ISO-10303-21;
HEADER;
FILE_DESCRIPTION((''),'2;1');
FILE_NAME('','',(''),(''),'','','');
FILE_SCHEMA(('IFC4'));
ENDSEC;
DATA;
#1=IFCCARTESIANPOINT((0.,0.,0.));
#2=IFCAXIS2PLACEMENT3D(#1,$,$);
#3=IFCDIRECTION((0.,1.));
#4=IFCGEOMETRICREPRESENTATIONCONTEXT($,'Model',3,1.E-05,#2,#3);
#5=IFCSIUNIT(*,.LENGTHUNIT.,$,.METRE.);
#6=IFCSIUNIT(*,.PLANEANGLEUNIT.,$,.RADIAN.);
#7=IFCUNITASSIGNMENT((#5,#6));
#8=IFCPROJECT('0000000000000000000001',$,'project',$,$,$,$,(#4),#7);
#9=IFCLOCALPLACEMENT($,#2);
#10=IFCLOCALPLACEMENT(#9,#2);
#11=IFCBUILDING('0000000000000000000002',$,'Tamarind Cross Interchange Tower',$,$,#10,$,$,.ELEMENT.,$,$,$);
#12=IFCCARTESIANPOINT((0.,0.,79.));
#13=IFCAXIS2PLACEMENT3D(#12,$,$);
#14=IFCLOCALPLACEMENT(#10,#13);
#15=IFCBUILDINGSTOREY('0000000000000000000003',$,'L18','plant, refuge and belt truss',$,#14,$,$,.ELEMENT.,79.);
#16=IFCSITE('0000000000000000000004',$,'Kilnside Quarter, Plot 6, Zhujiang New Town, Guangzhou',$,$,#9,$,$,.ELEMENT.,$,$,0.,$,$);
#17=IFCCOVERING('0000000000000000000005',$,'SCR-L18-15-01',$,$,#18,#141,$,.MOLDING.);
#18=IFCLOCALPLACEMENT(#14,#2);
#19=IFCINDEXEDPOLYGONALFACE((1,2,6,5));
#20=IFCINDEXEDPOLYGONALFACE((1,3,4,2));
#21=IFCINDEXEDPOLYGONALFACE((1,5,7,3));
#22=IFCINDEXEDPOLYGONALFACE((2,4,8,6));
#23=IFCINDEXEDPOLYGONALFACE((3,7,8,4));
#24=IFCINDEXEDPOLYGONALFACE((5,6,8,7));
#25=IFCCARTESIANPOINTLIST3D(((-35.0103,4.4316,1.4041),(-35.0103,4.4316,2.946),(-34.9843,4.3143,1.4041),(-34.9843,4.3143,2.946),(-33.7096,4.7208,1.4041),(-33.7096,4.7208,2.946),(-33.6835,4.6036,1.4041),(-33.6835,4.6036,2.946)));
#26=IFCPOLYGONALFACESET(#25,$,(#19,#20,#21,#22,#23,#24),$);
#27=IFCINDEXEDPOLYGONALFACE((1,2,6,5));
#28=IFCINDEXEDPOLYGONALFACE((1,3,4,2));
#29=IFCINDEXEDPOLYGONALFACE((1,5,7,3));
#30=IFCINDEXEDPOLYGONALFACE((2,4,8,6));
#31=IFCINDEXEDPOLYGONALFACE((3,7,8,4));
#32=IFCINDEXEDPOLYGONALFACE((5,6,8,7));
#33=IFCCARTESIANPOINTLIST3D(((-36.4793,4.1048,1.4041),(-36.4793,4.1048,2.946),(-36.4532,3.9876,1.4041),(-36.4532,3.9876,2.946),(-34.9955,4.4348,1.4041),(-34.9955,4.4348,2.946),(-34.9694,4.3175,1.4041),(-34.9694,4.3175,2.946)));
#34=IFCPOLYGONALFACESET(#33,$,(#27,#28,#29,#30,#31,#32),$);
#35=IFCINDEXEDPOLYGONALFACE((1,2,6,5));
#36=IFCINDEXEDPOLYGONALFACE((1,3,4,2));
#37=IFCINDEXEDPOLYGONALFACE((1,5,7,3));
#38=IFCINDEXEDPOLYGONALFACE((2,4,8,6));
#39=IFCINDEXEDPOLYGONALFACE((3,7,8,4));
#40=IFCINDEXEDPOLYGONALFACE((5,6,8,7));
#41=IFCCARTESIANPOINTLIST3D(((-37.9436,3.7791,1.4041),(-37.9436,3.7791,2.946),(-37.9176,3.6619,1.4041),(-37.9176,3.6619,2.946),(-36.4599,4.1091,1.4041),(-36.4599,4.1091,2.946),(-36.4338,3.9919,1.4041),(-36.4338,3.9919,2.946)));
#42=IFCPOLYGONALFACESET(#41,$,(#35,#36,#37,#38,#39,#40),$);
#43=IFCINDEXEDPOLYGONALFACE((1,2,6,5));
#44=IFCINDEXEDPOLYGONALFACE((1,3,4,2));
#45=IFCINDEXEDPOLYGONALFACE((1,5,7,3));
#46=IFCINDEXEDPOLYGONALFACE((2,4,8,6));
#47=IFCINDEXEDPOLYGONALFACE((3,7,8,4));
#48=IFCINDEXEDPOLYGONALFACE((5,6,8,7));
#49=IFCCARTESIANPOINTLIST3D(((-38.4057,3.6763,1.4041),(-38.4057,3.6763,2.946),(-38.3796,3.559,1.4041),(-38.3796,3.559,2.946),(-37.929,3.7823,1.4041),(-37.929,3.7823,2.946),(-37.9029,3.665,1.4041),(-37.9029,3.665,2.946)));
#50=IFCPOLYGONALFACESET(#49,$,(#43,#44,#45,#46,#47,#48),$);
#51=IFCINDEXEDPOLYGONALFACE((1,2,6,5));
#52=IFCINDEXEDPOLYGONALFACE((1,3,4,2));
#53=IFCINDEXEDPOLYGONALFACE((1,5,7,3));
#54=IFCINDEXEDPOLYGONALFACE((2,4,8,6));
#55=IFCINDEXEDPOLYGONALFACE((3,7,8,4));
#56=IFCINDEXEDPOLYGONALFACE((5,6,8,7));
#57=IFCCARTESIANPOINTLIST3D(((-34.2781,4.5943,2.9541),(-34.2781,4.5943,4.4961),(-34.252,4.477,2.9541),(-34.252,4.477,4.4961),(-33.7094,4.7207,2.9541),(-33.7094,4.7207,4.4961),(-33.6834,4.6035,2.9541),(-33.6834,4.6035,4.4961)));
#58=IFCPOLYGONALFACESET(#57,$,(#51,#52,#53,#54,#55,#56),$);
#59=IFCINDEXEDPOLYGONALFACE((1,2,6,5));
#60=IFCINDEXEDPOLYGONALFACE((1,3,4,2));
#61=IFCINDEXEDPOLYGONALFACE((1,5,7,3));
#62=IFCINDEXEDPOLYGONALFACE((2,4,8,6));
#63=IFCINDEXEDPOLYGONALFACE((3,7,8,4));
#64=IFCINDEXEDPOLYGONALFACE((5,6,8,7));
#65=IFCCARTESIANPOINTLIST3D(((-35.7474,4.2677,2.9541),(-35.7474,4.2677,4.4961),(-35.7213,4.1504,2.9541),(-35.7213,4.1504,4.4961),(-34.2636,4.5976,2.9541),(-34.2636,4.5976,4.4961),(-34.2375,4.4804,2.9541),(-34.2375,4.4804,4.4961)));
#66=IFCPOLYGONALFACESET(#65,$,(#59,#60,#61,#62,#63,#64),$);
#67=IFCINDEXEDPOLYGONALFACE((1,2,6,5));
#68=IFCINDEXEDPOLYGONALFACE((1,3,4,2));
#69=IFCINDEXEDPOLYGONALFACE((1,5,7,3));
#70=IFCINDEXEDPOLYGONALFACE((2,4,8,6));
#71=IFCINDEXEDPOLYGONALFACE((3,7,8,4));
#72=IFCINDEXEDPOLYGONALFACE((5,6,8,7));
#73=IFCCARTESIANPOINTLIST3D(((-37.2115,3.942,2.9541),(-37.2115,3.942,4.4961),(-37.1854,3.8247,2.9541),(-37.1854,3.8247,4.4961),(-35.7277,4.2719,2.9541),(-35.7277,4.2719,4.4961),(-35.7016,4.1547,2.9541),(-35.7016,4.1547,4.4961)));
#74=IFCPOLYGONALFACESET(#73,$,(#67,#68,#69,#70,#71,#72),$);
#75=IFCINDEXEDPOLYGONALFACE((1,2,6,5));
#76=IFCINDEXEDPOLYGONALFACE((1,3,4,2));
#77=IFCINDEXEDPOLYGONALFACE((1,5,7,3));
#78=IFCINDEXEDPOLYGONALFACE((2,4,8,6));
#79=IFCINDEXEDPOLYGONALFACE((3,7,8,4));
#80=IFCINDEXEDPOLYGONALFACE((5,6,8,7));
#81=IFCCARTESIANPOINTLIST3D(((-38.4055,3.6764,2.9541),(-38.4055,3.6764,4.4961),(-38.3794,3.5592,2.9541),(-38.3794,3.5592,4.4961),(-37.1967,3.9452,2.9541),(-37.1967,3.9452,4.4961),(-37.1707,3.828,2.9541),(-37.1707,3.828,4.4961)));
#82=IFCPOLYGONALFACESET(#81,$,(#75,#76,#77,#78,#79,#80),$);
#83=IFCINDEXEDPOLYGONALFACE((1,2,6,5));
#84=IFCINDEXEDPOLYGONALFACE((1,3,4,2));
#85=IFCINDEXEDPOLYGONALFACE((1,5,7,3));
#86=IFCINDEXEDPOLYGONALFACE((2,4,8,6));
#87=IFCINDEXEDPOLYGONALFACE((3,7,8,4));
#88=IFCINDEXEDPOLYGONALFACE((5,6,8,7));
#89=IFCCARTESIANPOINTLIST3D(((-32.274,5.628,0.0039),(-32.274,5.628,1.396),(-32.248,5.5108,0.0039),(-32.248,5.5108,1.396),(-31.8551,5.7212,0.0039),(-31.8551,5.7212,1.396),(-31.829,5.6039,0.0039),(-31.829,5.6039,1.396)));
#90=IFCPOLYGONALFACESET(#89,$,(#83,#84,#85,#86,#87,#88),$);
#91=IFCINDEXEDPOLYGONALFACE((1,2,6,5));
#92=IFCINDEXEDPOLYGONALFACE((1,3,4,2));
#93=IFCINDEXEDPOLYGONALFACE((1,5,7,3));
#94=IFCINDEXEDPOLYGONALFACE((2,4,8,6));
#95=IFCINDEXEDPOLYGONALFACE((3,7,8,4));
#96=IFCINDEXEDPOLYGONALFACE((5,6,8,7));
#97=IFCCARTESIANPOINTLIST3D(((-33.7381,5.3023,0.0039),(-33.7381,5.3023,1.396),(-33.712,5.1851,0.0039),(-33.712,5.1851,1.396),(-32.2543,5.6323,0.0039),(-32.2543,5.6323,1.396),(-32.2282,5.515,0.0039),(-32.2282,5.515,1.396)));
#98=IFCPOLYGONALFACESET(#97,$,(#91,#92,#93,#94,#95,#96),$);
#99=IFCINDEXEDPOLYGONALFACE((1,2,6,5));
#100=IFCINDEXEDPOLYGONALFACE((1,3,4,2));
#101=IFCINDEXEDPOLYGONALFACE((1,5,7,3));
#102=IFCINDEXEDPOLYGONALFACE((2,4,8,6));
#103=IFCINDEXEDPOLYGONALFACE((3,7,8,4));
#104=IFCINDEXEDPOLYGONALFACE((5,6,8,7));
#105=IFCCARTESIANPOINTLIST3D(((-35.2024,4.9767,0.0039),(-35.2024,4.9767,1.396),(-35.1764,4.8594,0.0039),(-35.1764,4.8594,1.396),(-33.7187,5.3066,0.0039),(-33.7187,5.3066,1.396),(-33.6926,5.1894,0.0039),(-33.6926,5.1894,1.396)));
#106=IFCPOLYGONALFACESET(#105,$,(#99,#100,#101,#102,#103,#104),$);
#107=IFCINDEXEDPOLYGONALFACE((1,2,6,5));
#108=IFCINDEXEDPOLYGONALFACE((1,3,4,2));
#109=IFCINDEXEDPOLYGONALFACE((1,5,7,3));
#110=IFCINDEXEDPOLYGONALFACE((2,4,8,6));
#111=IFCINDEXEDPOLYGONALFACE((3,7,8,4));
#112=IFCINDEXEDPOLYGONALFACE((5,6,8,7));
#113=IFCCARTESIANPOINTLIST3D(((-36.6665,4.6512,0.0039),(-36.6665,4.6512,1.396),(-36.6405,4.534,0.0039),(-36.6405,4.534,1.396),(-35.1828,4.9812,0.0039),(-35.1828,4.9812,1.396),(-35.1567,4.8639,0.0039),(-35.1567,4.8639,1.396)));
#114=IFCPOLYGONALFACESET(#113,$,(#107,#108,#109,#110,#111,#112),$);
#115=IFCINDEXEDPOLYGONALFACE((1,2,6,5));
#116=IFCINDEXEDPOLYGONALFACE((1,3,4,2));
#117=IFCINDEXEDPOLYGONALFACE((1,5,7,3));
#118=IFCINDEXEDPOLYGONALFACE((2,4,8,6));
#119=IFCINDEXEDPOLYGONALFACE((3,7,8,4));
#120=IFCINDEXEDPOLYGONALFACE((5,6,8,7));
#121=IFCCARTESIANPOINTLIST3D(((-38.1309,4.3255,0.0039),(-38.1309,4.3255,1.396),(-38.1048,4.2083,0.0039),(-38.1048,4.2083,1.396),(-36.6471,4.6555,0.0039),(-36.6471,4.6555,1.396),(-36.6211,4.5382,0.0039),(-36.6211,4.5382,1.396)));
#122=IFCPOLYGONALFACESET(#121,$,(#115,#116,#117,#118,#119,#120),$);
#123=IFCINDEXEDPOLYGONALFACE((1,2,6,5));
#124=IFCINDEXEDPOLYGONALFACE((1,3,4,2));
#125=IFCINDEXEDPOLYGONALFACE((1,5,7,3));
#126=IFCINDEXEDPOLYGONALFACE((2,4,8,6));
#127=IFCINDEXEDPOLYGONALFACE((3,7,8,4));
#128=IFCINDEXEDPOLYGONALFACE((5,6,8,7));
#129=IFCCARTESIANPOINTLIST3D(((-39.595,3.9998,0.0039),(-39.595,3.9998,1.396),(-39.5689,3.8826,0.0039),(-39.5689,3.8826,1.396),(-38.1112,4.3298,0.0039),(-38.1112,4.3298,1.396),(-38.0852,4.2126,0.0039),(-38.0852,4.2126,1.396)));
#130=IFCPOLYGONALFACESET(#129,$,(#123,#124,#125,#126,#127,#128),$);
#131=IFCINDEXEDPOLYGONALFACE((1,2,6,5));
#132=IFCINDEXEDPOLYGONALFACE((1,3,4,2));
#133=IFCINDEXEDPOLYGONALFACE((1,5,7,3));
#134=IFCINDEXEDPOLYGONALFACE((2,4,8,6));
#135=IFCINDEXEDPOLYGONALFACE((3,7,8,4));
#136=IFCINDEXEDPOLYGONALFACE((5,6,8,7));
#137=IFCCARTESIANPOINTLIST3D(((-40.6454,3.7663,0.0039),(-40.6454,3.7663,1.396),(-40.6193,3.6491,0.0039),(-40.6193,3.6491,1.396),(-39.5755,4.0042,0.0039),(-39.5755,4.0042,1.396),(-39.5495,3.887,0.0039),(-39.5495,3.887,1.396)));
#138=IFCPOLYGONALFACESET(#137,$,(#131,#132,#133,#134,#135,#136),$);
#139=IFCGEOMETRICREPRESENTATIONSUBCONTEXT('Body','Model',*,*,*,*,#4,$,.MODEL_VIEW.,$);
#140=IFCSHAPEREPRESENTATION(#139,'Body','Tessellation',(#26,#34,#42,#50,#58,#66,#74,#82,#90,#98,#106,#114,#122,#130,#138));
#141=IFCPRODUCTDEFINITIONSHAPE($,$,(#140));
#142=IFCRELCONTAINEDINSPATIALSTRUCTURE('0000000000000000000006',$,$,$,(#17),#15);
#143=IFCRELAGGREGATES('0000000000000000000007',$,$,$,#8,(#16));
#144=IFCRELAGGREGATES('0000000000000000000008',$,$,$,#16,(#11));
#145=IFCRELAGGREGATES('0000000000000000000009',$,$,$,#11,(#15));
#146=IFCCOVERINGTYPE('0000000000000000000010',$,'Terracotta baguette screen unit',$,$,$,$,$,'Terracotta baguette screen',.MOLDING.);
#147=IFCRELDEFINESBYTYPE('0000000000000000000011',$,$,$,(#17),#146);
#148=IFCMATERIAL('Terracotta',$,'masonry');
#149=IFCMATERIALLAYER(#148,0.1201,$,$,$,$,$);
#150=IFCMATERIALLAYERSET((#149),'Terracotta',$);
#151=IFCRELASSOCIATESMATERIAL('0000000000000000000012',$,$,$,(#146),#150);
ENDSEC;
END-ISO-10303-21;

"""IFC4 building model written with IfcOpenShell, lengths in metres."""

from ifc_helpers import new_model, si_unit, direction, frame, origin, origin_2d, place, context, subcontext, project, spatial, rectangle, extrude, material, layer, layer_set, type_object, element, save


model = new_model("IFC4")

# Units and contexts
model_context = context("Model", 3, precision=1e-05, world=origin(), true_north=direction((0.0, 1.0)))
body_context = subcontext(model_context, "Body", "Model", "MODEL_VIEW")
ifc_project = project(units=[si_unit("LENGTHUNIT", "METRE"), si_unit("PLANEANGLEUNIT", "RADIAN")], contexts=[model_context])

# Site, building, storey
site_placement = place(None, origin())
site = spatial("IfcSite", under=ifc_project, at=site_placement, Name="Kilnside Quarter, Plot 6, Zhujiang New Town, Guangzhou", CompositionType="ELEMENT", RefElevation=0.0)
building_placement = place(site_placement, origin())
building = spatial("IfcBuilding", under=site, at=building_placement, Name="Tamarind Cross Interchange Tower", CompositionType="ELEMENT")
storey_placement = place(building_placement, frame((0.0, 0.0, 79.0)))
storey = spatial("IfcBuildingStorey", under=building, at=storey_placement, Name="L18", Description="plant, refuge and belt truss", CompositionType="ELEMENT", Elevation=79.0)

# Covering
ifc_material_1 = material(Name="Terracotta", Category="masonry")
ifc_layer_1 = layer(ifc_material_1, 0.1201)
ifc_layer_set_1 = layer_set([ifc_layer_1], Name="Terracotta")
covering_type = type_object("IfcCoveringType", Name="Terracotta baguette screen unit", ElementType="Terracotta baguette screen", PredefinedType="MOLDING", material=ifc_layer_set_1)
covering_1_placement = place(storey_placement, origin())
element("IfcCovering", 1, at=covering_1_placement, inside=storey, type_object=covering_type, Name="SCR-L18-15-01", PredefinedType="MOLDING", context=body_context, shape_type="SweptSolid", body=[
    extrude(rectangle(XDim=1.3325, YDim=0.1201, at=origin_2d()), frame((-34.3469, 4.5176, 1.4041), z_axis=(0.0, 0.0, 1.0), x_axis=(-0.976154, -0.21708, 0.0)), (0.0, 0.0, 1.0), 1.542),
    extrude(rectangle(XDim=1.52, YDim=0.1201, at=origin_2d()), frame((-35.7244, 4.2112, 1.4041), z_axis=(0.0, 0.0, 1.0), x_axis=(-0.976154, -0.21708, 0.0)), (0.0, 0.0, 1.0), 1.542),
    extrude(rectangle(XDim=1.52, YDim=0.1201, at=origin_2d()), frame((-37.1887, 3.8855, 1.4041), z_axis=(0.0, 0.0, 1.0), x_axis=(-0.976154, -0.21708, 0.0)), (0.0, 0.0, 1.0), 1.542),
    extrude(rectangle(XDim=0.4883, YDim=0.1201, at=origin_2d()), frame((-38.1543, 3.6707, 1.4041), z_axis=(0.0, 0.0, 1.0), x_axis=(-0.976154, -0.21708, 0.0)), (0.0, 0.0, 1.0), 1.542),
    extrude(rectangle(XDim=0.5825, YDim=0.1201, at=origin_2d()), frame((-33.9807, 4.5989, 2.9541), z_axis=(0.0, 0.0, 1.0), x_axis=(-0.976154, -0.21708, 0.0)), (0.0, 0.0, 1.0), 1.542),
    extrude(rectangle(XDim=1.52, YDim=0.1201, at=origin_2d()), frame((-34.9924, 4.374, 2.9541), z_axis=(0.0, 0.0, 1.0), x_axis=(-0.976154, -0.21708, 0.0)), (0.0, 0.0, 1.0), 1.542),
    extrude(rectangle(XDim=1.52, YDim=0.1201, at=origin_2d()), frame((-36.4565, 4.0483, 2.9541), z_axis=(0.0, 0.0, 1.0), x_axis=(-0.976154, -0.21708, 0.0)), (0.0, 0.0, 1.0), 1.542),
    extrude(rectangle(XDim=1.2383, YDim=0.1201, at=origin_2d()), frame((-37.7881, 3.7522, 2.9541), z_axis=(0.0, 0.0, 1.0), x_axis=(-0.976154, -0.21708, 0.0)), (0.0, 0.0, 1.0), 1.542),
    extrude(rectangle(XDim=0.4292, YDim=0.1201, at=origin_2d()), frame((-32.0515, 5.616, 0.0039), z_axis=(0.0, 0.0, 1.0), x_axis=(-0.976154, -0.21708, 0.0)), (0.0, 0.0, 1.0), 1.3921),
    extrude(rectangle(XDim=1.52, YDim=0.1201, at=origin_2d()), frame((-32.9832, 5.4087, 0.0039), z_axis=(0.0, 0.0, 1.0), x_axis=(-0.976154, -0.21708, 0.0)), (0.0, 0.0, 1.0), 1.3921),
    extrude(rectangle(XDim=1.52, YDim=0.1201, at=origin_2d()), frame((-34.4475, 5.083, 0.0039), z_axis=(0.0, 0.0, 1.0), x_axis=(-0.976154, -0.21708, 0.0)), (0.0, 0.0, 1.0), 1.3921),
    extrude(rectangle(XDim=1.52, YDim=0.1201, at=origin_2d()), frame((-35.9116, 4.7576, 0.0039), z_axis=(0.0, 0.0, 1.0), x_axis=(-0.976154, -0.21708, 0.0)), (0.0, 0.0, 1.0), 1.3921),
    extrude(rectangle(XDim=1.52, YDim=0.1201, at=origin_2d()), frame((-37.376, 4.4319, 0.0039), z_axis=(0.0, 0.0, 1.0), x_axis=(-0.976154, -0.21708, 0.0)), (0.0, 0.0, 1.0), 1.3921),
    extrude(rectangle(XDim=1.52, YDim=0.1201, at=origin_2d()), frame((-38.8401, 4.1062, 0.0039), z_axis=(0.0, 0.0, 1.0), x_axis=(-0.976154, -0.21708, 0.0)), (0.0, 0.0, 1.0), 1.3921),
    extrude(rectangle(XDim=1.0959, YDim=0.1201, at=origin_2d()), frame((-40.0974, 3.8267, 0.0039), z_axis=(0.0, 0.0, 1.0), x_axis=(-0.976154, -0.21708, 0.0)), (0.0, 0.0, 1.0), 1.3921),
])

save(model, "model.ifc")
